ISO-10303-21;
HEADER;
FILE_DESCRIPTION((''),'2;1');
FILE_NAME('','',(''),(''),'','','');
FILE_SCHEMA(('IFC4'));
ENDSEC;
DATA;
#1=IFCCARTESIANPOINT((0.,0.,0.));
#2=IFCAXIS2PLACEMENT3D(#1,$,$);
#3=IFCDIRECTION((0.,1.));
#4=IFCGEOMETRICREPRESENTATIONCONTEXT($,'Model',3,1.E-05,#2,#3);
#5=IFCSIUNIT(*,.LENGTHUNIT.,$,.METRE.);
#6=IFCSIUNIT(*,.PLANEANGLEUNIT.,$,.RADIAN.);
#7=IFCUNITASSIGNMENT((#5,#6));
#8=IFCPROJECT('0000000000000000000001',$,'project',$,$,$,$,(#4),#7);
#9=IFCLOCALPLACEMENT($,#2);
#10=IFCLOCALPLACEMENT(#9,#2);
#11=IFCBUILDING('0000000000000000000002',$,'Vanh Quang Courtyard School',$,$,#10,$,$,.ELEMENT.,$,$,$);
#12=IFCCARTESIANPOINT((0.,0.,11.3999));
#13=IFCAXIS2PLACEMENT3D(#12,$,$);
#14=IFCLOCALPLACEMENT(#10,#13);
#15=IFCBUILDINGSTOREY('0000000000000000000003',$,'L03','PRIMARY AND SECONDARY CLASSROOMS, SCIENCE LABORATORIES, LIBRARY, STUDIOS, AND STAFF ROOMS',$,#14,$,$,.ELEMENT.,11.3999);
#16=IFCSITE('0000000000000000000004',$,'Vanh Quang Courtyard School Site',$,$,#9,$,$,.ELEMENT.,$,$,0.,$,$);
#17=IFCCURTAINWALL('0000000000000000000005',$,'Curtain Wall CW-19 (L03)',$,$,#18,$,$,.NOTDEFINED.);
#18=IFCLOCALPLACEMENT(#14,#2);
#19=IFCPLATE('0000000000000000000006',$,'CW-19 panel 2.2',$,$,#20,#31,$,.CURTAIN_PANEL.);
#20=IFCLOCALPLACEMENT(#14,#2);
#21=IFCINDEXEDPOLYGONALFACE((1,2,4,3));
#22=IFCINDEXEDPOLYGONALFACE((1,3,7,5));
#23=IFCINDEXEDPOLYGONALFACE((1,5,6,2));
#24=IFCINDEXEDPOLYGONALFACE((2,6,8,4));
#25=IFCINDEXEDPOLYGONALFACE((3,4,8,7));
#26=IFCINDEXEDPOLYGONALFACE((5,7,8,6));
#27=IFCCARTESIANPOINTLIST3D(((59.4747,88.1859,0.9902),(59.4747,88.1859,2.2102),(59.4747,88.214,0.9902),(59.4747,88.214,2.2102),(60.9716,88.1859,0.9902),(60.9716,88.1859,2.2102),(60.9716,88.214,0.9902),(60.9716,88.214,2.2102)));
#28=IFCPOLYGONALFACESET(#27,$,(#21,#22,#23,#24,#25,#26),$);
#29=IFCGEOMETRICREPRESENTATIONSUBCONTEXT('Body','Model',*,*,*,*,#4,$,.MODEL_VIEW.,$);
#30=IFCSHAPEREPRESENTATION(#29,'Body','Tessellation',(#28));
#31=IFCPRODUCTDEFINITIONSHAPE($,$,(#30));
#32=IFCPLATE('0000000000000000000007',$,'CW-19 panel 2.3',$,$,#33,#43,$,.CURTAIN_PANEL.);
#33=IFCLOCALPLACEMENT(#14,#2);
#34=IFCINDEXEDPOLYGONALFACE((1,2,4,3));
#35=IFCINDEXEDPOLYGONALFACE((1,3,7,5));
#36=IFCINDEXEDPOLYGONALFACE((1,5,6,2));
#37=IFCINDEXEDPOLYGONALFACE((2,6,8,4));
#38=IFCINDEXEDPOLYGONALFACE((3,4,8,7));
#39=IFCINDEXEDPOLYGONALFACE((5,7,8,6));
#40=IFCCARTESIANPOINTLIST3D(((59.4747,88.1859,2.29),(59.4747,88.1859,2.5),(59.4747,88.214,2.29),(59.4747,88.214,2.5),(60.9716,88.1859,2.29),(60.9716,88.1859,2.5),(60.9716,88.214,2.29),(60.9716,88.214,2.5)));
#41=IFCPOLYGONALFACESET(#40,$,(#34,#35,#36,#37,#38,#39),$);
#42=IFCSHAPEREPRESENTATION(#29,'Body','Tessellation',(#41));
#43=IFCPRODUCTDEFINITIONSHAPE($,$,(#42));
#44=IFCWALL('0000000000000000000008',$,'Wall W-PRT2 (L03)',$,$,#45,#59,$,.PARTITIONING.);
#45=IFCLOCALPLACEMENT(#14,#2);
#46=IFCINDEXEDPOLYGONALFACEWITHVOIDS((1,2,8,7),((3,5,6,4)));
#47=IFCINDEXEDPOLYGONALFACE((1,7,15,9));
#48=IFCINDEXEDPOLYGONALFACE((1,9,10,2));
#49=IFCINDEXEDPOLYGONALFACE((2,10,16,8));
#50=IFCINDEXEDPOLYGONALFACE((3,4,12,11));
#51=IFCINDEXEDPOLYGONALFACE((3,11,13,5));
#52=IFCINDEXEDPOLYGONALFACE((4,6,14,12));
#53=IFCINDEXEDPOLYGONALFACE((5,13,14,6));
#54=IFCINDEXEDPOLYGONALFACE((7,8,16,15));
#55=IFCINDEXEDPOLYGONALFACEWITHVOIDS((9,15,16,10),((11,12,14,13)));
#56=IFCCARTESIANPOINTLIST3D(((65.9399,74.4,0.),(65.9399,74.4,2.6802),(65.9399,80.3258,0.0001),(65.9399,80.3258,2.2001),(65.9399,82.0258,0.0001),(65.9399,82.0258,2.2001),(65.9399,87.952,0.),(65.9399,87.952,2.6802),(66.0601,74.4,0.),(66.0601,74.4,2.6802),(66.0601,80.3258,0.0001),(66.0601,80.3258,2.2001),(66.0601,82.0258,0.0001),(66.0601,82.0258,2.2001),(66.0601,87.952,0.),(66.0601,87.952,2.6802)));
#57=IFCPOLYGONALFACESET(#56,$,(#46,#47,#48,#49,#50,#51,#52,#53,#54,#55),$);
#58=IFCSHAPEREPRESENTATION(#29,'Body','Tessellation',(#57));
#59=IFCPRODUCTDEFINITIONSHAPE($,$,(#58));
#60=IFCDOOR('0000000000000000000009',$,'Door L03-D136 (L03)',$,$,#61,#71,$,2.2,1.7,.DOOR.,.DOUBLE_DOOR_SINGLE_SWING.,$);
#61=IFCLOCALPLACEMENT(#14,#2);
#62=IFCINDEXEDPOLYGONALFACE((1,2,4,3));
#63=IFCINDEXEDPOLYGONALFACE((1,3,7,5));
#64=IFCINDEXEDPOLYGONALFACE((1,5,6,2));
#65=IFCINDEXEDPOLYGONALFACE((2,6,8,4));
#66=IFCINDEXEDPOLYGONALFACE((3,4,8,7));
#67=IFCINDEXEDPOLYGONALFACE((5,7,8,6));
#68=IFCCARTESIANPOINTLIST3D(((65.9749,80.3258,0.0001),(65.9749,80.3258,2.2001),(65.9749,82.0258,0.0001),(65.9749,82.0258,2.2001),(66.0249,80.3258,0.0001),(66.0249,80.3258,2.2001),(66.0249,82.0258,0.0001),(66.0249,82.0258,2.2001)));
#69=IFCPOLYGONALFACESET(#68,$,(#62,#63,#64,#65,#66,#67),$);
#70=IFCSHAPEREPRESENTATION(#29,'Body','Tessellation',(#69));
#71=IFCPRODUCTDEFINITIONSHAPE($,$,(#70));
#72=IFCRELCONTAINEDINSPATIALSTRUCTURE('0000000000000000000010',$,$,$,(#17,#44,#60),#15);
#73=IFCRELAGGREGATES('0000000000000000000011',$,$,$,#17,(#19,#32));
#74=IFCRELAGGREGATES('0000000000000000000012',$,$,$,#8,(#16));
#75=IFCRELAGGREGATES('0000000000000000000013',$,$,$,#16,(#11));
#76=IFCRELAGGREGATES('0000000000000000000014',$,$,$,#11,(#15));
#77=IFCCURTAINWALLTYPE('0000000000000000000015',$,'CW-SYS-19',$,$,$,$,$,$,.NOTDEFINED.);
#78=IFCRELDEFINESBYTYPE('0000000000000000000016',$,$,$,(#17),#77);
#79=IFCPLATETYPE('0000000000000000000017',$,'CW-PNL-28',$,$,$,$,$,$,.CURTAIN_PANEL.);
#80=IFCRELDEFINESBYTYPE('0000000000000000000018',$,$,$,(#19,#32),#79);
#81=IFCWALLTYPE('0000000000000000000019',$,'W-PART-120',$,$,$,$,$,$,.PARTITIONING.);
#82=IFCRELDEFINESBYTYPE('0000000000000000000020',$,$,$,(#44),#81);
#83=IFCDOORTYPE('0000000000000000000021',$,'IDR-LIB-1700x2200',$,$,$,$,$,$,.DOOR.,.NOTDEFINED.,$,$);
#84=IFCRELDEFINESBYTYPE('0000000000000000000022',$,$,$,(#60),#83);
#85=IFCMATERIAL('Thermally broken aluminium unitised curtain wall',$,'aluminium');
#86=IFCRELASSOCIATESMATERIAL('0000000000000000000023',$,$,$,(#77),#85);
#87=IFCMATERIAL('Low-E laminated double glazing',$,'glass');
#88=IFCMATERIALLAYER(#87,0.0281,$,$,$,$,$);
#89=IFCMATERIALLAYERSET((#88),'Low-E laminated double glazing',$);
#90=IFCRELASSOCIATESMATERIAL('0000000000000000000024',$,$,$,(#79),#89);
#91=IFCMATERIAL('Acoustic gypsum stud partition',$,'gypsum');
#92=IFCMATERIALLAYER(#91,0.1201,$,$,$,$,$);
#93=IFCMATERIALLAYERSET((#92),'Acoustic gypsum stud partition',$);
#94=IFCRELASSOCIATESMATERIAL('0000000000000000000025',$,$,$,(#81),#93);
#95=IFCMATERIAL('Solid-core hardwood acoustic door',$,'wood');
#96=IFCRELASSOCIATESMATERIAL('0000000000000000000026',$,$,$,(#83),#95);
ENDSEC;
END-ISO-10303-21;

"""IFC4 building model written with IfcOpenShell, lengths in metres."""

from ifc_helpers import new_model, si_unit, direction, frame, frame_2d, origin, origin_2d, place, context, subcontext, project, spatial, rectangle, extrude, material, layer, layer_set, type_object, element, fill, aggregate, save


model = new_model("IFC4")

# Units and contexts
model_context = context("Model", 3, precision=1e-05, world=origin(), true_north=direction((0.0, 1.0)))
body_context = subcontext(model_context, "Body", "Model", "MODEL_VIEW")
ifc_project = project(units=[si_unit("LENGTHUNIT", "METRE"), si_unit("PLANEANGLEUNIT", "RADIAN")], contexts=[model_context])

# Site, building, storey
site_placement = place(None, origin())
site = spatial("IfcSite", under=ifc_project, at=site_placement, Name="Vanh Quang Courtyard School Site", CompositionType="ELEMENT", RefElevation=0.0)
building_placement = place(site_placement, origin())
building = spatial("IfcBuilding", under=site, at=building_placement, Name="Vanh Quang Courtyard School", CompositionType="ELEMENT")
storey_placement = place(building_placement, frame((0.0, 0.0, 11.3999)))
storey = spatial("IfcBuildingStorey", under=building, at=storey_placement, Name="L03", Description="PRIMARY AND SECONDARY CLASSROOMS, SCIENCE LABORATORIES, LIBRARY, STUDIOS, AND STAFF ROOMS", CompositionType="ELEMENT", Elevation=11.3999)

# Curtain wall
ifc_material_1 = material(Name="Thermally broken aluminium unitised curtain wall", Category="aluminium")
curtain_wall_type = type_object("IfcCurtainWallType", Name="CW-SYS-19", PredefinedType="NOTDEFINED", material=ifc_material_1)
curtain_wall_placement = place(storey_placement, origin())
curtain_wall = element("IfcCurtainWall", 1, at=curtain_wall_placement, inside=storey, type_object=curtain_wall_type, Name="Curtain Wall CW-19 (L03)", PredefinedType="NOTDEFINED")

# Plates
ifc_material_2 = material(Name="Low-E laminated double glazing", Category="glass")
ifc_layer_1 = layer(ifc_material_2, 0.0281)
ifc_layer_set_1 = layer_set([ifc_layer_1], Name="Low-E laminated double glazing")
plate_type = type_object("IfcPlateType", Name="CW-PNL-28", PredefinedType="CURTAIN_PANEL", material=ifc_layer_set_1)
plate_1_placement = place(storey_placement, frame((60.2231, 88.2, 0.9902), z_axis=(0.0, 0.0, 1.0), x_axis=(1.0, 0.0, 0.0)))
plate_1 = element("IfcPlate", 2, at=plate_1_placement, type_object=plate_type, Name="CW-19 panel 2.2", PredefinedType="CURTAIN_PANEL", context=body_context, shape_type="SweptSolid", body=[
    extrude(rectangle(XDim=1.4968, YDim=0.0281, at=origin_2d()), origin(), (0.0, 0.0, 1.0), 1.22),
])
plate_2_placement = place(storey_placement, frame((60.2231, 88.2, 2.29), z_axis=(0.0, 0.0, 1.0), x_axis=(1.0, 0.0, 0.0)))
plate_2 = element("IfcPlate", 3, at=plate_2_placement, type_object=plate_type, Name="CW-19 panel 2.3", PredefinedType="CURTAIN_PANEL", context=body_context, shape_type="SweptSolid", body=[
    extrude(rectangle(XDim=1.4968, YDim=0.0281, at=origin_2d()), origin(), (0.0, 0.0, 1.0), 0.21),
])
aggregate(curtain_wall, [plate_1, plate_2])

# Wall, opening, door
ifc_material_3 = material(Name="Acoustic gypsum stud partition", Category="gypsum")
ifc_layer_2 = layer(ifc_material_3, 0.1201)
ifc_layer_set_2 = layer_set([ifc_layer_2], Name="Acoustic gypsum stud partition")
wall_type = type_object("IfcWallType", Name="W-PART-120", PredefinedType="PARTITIONING", material=ifc_layer_set_2)
wall_placement = place(storey_placement, frame((66.0, 87.9519, 0.0), z_axis=(0.0, 0.0, 1.0), x_axis=(0.0, -1.0, 0.0)))
wall = element("IfcWall", 4, at=wall_placement, inside=storey, type_object=wall_type, Name="Wall W-PRT2 (L03)", PredefinedType="PARTITIONING", context=body_context, shape_type="SweptSolid", body=[
    extrude(rectangle(XDim=13.552, YDim=0.1201, at=frame_2d((6.7759, 0.0))), origin(), (0.0, 0.0, 1.0), 2.6802),
])
opening_placement = place(wall_placement, frame((5.926, 0.0, 0.0)))
opening = element("IfcOpeningElement", 5, at=opening_placement, cuts=wall, PredefinedType="OPENING", context=body_context, shape_type="SweptSolid", body=[
    extrude(rectangle(XDim=1.7, YDim=2.2, at=frame_2d((0.8501, 1.1001))), frame((0.0, 0.0701, 0.0), z_axis=(0.0, -1.0, 0.0), x_axis=(1.0, 0.0, 0.0)), (0.0, 0.0, 1.0), 0.1401),
])
ifc_material_4 = material(Name="Solid-core hardwood acoustic door", Category="wood")
door_type = type_object("IfcDoorType", Name="IDR-LIB-1700x2200", OperationType="NOTDEFINED", PredefinedType="DOOR", material=ifc_material_4)
door_placement = place(opening_placement, origin())
door = element("IfcDoor", 6, at=door_placement, inside=storey, type_object=door_type, Name="Door L03-D136 (L03)", OperationType="DOUBLE_DOOR_SINGLE_SWING", OverallHeight=2.2, OverallWidth=1.7, PredefinedType="DOOR", context=body_context, shape_type="SweptSolid", body=[
    extrude(rectangle(XDim=1.7, YDim=2.2, at=frame_2d((0.8501, 1.1001))), frame((0.0, 0.0249, 0.0), z_axis=(0.0, -1.0, 0.0), x_axis=(1.0, 0.0, 0.0)), (0.0, 0.0, 1.0), 0.05),
])
fill(opening, door)

save(model, "model.ifc")
